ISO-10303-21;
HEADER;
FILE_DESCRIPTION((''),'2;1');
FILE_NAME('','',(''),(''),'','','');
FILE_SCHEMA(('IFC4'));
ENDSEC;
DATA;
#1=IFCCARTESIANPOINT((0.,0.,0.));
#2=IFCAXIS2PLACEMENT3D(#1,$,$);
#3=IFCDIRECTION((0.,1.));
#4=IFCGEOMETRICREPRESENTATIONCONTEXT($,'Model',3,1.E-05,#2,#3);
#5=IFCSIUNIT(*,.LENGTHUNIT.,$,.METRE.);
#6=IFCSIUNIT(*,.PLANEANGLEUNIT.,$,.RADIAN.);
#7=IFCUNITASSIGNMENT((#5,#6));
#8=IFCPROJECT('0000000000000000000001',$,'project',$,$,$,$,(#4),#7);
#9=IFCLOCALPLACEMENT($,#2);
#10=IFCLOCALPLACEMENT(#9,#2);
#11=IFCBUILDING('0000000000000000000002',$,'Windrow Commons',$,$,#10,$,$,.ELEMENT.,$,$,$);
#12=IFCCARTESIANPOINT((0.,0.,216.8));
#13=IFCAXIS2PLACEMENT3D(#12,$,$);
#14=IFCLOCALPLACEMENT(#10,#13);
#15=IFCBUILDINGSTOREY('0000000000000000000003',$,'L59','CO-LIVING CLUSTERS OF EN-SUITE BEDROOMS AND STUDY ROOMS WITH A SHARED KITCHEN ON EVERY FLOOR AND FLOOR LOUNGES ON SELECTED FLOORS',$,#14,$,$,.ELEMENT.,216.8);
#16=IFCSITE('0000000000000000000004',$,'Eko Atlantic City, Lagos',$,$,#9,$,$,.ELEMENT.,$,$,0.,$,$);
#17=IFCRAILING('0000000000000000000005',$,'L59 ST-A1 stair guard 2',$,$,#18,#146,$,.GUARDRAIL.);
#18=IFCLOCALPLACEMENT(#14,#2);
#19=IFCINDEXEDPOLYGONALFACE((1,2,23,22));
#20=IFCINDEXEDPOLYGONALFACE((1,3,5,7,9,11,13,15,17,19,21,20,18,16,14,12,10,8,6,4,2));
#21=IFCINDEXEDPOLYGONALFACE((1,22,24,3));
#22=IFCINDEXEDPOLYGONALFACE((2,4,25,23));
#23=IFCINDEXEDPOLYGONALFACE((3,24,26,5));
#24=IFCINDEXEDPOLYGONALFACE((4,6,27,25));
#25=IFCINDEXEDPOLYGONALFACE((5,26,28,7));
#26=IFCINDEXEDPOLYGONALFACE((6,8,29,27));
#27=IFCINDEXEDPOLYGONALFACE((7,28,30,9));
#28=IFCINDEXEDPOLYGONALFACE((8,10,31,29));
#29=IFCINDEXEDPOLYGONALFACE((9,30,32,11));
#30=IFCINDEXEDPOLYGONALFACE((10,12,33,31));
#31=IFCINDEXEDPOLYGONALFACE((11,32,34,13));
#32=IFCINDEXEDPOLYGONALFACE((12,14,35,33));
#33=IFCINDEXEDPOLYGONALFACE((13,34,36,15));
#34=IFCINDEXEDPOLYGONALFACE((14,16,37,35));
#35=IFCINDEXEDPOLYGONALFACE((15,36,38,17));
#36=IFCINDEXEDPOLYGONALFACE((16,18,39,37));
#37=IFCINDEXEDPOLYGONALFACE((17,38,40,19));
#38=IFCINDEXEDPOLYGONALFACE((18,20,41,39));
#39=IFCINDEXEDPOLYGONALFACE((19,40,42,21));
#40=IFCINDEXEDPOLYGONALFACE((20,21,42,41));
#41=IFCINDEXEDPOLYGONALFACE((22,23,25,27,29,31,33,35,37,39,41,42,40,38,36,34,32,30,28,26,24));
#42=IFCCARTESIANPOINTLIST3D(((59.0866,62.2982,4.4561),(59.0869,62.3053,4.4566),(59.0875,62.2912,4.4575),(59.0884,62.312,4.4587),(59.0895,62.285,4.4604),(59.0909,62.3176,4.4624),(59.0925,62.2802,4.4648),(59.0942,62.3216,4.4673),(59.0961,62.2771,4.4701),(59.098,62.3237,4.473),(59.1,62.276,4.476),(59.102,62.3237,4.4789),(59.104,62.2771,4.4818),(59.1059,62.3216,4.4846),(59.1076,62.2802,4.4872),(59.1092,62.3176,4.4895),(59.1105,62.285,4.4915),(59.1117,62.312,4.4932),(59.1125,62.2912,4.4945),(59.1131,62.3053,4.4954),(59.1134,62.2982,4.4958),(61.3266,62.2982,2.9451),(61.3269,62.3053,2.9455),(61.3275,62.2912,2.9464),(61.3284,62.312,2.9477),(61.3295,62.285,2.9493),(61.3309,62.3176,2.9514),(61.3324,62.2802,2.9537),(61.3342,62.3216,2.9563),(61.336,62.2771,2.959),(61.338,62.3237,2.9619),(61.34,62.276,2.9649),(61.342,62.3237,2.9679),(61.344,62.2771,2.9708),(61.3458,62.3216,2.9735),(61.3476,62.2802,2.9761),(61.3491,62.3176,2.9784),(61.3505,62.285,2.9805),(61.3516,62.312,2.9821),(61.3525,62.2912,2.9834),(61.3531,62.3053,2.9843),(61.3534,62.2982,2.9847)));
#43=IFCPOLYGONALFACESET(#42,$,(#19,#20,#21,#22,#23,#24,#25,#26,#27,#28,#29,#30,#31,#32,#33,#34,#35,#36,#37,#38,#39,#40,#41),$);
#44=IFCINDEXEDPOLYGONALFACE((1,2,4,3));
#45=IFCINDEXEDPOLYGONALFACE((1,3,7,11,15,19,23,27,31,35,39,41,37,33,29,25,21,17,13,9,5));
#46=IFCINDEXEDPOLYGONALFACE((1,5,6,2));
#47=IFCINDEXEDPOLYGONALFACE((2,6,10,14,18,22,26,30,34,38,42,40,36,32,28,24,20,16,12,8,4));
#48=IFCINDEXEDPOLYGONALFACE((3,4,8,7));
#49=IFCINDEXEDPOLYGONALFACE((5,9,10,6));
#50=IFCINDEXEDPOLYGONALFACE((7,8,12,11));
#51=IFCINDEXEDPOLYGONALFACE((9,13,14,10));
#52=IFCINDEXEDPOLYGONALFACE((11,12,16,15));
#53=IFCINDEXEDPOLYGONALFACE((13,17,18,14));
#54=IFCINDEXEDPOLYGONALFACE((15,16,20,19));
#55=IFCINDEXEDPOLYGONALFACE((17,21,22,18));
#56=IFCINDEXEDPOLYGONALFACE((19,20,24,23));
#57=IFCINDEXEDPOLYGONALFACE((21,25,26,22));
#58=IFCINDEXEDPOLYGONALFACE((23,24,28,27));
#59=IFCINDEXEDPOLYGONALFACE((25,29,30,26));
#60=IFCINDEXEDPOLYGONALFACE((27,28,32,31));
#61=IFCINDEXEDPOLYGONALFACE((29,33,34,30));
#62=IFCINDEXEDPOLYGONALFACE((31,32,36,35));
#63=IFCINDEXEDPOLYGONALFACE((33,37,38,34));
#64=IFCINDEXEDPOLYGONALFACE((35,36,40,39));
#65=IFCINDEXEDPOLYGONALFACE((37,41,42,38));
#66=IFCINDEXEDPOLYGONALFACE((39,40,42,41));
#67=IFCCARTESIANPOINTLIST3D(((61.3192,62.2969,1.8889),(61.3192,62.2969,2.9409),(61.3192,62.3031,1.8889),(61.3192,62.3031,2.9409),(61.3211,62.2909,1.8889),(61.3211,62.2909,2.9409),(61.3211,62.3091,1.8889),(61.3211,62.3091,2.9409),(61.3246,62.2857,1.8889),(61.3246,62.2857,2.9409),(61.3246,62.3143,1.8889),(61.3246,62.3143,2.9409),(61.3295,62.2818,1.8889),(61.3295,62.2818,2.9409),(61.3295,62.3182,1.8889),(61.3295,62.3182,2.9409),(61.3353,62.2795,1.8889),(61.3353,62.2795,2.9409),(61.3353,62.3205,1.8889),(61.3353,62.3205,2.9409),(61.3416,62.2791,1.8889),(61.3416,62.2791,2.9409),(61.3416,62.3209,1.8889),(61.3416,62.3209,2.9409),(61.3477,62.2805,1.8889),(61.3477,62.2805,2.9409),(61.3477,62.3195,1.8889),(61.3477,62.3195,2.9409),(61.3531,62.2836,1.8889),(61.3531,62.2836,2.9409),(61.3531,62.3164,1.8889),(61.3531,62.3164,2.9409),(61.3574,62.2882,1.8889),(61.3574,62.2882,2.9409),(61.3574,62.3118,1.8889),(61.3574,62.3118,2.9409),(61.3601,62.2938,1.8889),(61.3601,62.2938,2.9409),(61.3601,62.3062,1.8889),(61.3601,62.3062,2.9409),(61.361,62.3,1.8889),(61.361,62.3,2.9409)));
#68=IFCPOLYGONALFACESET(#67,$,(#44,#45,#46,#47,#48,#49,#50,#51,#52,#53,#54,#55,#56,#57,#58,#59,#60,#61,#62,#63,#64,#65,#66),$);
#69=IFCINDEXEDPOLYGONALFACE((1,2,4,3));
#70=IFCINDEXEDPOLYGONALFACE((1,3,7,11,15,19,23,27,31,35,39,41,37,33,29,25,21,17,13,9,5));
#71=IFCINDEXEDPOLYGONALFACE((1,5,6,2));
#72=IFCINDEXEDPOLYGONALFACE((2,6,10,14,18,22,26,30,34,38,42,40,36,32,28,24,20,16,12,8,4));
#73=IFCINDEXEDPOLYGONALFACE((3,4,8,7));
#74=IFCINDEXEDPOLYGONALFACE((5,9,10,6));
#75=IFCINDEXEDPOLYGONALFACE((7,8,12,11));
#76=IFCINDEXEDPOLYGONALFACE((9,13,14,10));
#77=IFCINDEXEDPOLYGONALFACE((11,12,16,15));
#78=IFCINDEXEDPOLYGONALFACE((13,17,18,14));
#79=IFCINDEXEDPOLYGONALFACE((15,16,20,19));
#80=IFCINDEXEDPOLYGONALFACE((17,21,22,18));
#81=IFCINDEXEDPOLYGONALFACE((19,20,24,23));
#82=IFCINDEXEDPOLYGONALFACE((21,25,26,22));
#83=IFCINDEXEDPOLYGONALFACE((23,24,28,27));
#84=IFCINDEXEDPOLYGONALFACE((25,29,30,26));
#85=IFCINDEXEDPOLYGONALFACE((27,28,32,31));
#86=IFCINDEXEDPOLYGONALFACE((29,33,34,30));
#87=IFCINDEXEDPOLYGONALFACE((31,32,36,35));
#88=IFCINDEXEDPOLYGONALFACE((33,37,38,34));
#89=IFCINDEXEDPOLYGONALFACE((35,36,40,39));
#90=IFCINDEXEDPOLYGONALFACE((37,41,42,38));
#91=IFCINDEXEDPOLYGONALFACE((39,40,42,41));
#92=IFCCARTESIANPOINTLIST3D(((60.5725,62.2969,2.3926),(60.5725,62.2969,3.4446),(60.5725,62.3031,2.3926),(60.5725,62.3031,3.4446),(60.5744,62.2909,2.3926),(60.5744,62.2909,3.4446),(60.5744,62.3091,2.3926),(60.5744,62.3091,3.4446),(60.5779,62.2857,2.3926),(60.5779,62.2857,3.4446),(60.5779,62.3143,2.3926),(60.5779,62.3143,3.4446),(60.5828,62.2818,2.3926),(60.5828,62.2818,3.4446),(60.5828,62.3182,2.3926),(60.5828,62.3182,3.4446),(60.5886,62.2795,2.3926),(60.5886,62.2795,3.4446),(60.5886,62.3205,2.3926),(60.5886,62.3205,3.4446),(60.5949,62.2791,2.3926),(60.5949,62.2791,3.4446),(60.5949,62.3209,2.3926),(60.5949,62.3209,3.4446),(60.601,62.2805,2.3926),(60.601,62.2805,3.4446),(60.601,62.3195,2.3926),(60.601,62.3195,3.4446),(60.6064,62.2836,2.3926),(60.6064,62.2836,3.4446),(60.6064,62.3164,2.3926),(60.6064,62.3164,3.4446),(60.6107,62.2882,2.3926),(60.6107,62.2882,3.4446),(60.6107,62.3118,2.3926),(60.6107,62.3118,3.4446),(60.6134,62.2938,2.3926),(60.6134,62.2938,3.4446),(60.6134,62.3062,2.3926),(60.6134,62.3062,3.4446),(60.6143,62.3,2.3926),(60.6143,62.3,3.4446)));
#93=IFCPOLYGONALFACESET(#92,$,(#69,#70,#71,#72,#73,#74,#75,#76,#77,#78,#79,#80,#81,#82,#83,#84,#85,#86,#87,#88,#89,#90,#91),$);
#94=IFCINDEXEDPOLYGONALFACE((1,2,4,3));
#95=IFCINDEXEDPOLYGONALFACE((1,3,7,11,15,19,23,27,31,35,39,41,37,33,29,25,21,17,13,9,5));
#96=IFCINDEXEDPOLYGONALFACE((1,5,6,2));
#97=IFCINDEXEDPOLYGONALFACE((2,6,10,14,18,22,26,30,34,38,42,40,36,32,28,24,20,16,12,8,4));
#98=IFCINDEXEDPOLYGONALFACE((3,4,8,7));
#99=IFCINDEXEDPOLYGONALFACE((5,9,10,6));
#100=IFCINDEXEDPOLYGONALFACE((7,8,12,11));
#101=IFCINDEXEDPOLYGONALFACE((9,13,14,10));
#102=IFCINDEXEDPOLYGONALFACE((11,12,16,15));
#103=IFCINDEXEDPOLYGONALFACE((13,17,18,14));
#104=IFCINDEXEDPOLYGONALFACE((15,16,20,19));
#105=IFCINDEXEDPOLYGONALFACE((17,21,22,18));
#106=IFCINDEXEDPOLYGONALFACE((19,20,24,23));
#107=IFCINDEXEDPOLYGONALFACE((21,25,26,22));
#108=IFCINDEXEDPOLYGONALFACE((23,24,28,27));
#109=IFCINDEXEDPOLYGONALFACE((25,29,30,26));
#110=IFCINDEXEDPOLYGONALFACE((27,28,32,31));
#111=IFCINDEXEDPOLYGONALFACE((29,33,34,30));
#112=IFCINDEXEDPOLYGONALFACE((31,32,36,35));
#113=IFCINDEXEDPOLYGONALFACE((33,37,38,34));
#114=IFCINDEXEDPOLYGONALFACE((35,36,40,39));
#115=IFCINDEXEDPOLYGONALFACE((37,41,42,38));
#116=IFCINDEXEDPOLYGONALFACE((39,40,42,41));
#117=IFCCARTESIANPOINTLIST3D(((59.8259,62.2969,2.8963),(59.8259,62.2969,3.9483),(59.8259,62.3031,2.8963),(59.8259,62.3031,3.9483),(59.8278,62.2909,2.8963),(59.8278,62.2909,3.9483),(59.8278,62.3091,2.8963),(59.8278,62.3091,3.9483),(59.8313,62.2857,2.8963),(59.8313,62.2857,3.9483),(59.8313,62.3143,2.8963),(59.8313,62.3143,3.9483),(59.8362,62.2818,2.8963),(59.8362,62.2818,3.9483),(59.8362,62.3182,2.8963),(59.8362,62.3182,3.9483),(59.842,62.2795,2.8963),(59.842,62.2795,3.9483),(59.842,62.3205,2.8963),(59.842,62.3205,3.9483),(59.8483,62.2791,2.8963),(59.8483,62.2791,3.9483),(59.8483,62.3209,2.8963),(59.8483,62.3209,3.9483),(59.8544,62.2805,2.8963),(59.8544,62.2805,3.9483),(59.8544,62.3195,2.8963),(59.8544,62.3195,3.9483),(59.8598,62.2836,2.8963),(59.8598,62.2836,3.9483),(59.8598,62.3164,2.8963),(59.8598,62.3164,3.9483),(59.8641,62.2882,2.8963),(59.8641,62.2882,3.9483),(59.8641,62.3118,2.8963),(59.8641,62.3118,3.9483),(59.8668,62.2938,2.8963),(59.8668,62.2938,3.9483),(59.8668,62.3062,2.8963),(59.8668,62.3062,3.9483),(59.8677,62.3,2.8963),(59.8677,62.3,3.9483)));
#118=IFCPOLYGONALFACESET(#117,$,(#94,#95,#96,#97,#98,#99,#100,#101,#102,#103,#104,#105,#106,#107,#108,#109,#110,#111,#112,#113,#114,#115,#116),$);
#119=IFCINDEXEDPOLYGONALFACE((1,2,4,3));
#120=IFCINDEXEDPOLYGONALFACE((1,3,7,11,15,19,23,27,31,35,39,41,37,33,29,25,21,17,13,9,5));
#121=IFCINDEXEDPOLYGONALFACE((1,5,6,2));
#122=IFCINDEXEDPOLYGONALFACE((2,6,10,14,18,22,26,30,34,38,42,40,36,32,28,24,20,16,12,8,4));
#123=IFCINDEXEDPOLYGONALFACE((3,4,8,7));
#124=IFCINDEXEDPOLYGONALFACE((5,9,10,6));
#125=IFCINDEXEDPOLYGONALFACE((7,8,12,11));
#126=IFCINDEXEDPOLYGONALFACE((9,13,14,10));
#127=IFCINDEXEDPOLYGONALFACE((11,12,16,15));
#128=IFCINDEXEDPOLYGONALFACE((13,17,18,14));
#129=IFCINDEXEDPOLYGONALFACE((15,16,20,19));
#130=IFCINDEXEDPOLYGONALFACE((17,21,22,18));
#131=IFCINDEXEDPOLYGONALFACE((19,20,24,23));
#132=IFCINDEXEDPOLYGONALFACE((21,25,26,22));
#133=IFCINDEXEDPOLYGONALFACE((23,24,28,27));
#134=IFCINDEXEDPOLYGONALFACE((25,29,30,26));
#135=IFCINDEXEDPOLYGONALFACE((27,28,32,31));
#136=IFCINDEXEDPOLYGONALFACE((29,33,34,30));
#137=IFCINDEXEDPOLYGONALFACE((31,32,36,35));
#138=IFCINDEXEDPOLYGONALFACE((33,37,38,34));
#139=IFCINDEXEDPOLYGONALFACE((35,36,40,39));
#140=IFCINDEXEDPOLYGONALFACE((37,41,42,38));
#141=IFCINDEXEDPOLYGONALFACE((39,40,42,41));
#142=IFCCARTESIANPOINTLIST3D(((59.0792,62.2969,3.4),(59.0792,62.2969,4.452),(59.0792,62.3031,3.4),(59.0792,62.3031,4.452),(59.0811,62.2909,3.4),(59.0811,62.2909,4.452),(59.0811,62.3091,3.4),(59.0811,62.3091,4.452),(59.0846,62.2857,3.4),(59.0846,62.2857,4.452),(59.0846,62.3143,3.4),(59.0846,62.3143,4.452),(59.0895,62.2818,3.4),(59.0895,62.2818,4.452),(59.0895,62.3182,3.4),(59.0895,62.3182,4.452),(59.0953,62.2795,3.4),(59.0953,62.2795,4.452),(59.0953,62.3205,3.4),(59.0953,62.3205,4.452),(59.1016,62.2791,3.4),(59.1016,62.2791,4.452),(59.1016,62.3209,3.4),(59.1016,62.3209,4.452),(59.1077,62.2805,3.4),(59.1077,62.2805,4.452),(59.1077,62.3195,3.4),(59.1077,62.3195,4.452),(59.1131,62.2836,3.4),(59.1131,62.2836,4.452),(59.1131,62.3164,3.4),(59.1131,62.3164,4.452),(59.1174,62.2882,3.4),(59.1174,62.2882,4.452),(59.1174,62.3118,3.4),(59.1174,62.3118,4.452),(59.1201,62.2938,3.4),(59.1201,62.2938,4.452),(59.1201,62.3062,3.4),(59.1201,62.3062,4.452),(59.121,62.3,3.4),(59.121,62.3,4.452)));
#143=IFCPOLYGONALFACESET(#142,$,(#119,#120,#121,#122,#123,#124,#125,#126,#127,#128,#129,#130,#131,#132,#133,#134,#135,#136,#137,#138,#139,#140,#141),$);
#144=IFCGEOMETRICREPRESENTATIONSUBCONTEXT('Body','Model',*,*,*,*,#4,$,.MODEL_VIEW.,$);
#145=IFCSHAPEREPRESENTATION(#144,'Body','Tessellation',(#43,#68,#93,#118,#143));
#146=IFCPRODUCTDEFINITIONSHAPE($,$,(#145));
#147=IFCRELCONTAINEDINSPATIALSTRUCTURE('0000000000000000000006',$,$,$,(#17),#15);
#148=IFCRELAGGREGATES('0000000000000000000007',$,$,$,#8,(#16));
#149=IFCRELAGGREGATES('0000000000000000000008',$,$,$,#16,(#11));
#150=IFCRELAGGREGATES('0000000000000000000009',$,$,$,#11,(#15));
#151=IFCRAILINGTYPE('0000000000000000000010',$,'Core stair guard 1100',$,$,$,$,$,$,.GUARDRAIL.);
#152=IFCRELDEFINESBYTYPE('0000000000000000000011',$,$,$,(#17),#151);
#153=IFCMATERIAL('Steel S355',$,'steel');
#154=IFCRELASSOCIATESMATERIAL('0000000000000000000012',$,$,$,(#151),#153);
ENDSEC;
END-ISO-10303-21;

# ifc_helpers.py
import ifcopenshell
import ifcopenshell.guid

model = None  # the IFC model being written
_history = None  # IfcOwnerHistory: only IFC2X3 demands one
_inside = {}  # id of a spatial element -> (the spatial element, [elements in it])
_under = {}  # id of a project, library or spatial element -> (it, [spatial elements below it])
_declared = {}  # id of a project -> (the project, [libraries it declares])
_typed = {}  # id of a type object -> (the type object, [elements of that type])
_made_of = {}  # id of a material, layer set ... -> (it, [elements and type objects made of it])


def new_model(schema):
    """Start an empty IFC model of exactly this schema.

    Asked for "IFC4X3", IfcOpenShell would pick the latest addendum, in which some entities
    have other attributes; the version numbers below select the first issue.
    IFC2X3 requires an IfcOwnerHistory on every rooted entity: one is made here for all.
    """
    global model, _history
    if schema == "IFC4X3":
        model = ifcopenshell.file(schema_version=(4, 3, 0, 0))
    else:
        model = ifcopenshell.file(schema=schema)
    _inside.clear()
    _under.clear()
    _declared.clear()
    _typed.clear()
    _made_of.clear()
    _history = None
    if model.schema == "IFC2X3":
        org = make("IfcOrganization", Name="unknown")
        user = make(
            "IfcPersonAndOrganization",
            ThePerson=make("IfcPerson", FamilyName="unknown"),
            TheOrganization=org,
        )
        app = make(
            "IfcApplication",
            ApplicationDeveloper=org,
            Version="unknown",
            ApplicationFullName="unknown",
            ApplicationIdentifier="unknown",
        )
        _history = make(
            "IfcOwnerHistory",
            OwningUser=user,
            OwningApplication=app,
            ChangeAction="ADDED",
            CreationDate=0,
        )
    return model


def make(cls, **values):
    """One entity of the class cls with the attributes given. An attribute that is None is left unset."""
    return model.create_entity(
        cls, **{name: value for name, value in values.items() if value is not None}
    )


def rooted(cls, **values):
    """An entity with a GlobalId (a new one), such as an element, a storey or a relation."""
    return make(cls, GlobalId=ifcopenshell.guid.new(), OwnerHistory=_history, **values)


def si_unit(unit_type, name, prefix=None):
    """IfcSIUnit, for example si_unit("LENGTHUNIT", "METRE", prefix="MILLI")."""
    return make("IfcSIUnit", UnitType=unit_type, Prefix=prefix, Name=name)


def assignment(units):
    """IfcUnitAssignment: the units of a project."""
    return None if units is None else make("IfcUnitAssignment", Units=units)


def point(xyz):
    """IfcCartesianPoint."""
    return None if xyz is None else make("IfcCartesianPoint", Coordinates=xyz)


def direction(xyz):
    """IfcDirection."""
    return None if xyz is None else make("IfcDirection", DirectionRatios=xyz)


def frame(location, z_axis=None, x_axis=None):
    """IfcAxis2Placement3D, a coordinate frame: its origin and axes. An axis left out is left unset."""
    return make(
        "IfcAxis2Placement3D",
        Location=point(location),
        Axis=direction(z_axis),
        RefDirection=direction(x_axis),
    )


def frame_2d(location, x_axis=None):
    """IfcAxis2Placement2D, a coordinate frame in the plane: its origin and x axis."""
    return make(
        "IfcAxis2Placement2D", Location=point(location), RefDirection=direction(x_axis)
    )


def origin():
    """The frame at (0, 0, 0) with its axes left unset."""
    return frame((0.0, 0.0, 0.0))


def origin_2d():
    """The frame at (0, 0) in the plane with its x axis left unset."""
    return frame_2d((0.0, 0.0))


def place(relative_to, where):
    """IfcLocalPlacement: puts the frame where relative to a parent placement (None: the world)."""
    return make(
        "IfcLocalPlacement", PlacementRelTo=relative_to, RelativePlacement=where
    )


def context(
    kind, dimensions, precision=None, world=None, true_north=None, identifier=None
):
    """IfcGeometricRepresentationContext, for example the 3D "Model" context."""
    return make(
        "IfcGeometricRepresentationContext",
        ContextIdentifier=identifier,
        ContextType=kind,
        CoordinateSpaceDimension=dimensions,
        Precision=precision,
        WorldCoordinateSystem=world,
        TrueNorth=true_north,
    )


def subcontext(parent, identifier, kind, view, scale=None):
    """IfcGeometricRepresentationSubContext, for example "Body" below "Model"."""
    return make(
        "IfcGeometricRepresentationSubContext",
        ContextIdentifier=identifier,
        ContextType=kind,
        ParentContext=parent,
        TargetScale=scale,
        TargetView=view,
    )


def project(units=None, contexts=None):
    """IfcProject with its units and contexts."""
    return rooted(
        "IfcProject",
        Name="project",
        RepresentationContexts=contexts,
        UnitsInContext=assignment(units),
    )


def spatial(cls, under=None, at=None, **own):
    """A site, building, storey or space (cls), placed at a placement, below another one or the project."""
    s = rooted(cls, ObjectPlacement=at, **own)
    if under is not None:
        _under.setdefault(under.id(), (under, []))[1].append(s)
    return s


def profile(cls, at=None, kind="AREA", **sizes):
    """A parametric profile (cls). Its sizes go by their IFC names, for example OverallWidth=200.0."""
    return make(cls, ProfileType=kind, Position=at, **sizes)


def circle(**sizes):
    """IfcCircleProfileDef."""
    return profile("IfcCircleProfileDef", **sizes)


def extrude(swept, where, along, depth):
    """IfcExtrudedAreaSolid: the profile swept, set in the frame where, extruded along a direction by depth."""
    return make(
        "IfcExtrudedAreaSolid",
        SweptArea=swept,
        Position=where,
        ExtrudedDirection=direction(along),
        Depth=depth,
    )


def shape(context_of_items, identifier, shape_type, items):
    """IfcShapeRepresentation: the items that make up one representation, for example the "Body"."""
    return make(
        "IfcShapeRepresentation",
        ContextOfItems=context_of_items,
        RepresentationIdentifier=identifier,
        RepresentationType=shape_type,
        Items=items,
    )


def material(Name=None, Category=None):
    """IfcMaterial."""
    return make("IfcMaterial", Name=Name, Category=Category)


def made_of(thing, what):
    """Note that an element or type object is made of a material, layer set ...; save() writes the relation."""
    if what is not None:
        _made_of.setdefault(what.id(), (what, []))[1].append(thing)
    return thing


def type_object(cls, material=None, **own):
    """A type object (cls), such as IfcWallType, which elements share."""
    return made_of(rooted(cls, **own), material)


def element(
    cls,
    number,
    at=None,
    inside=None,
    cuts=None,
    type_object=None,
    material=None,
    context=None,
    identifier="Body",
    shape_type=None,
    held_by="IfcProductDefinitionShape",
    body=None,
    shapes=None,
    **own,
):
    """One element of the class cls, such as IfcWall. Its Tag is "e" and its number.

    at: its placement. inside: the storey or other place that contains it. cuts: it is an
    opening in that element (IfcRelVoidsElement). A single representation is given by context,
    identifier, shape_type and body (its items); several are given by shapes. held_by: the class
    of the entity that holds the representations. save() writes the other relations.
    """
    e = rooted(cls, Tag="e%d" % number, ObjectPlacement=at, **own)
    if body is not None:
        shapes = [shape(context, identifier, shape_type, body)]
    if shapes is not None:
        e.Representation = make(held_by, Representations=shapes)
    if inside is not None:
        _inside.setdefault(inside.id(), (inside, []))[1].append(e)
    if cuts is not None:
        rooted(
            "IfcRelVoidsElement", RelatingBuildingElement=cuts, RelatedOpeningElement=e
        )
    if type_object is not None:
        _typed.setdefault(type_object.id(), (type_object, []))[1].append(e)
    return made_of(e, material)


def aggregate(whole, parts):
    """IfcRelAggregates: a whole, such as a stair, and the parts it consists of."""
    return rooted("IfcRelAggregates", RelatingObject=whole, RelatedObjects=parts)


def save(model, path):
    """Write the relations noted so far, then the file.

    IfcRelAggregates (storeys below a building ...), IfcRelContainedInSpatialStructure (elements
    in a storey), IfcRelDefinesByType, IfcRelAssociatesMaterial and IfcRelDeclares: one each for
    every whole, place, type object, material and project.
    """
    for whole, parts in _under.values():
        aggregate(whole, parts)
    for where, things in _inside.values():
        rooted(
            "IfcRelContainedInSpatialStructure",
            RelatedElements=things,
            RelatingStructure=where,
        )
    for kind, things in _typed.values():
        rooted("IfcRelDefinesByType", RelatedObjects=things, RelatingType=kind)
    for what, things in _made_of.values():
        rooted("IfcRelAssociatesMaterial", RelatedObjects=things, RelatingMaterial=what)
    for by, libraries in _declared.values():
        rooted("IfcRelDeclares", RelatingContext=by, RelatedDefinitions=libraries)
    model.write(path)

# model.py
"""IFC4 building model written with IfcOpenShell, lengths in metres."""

from ifc_helpers import new_model, si_unit, direction, frame, origin, origin_2d, place, context, subcontext, project, spatial, circle, extrude, material, type_object, element, save


model = new_model("IFC4")

# Units and contexts
model_context = context("Model", 3, precision=1e-05, world=origin(), true_north=direction((0.0, 1.0)))
body_context = subcontext(model_context, "Body", "Model", "MODEL_VIEW")
ifc_project = project(units=[si_unit("LENGTHUNIT", "METRE"), si_unit("PLANEANGLEUNIT", "RADIAN")], contexts=[model_context])

# Site, building, storey
site_placement = place(None, origin())
site = spatial("IfcSite", under=ifc_project, at=site_placement, Name="Eko Atlantic City, Lagos", CompositionType="ELEMENT", RefElevation=0.0)
building_placement = place(site_placement, origin())
building = spatial("IfcBuilding", under=site, at=building_placement, Name="Windrow Commons", CompositionType="ELEMENT")
storey_placement = place(building_placement, frame((0.0, 0.0, 216.8)))
storey = spatial("IfcBuildingStorey", under=building, at=storey_placement, Name="L59", Description="CO-LIVING CLUSTERS OF EN-SUITE BEDROOMS AND STUDY ROOMS WITH A SHARED KITCHEN ON EVERY FLOOR AND FLOOR LOUNGES ON SELECTED FLOORS", CompositionType="ELEMENT", Elevation=216.8)

# Railing
ifc_material_1 = material(Name="Steel S355", Category="steel")
railing_type_1 = type_object("IfcRailingType", Name="Core stair guard 1100", PredefinedType="GUARDRAIL", material=ifc_material_1)
railing_1_placement = place(storey_placement, frame((61.34, 62.3, 1.8889)))
element("IfcRailing", 1, at=railing_1_placement, inside=storey, type_object=railing_type_1, Name="L59 ST-A1 stair guard 2", PredefinedType="GUARDRAIL", context=body_context, shape_type="SweptSolid", body=[
    extrude(circle(Radius=0.024, at=origin_2d()), frame((0.0, 0.0, 1.076), z_axis=(-0.829003, 0.0, 0.559244), x_axis=(0.0, -1.0, 0.0)), (0.0, 0.0, 1.0), 2.702),
    extrude(circle(Radius=0.021, at=origin_2d()), origin(), (0.0, 0.0, 1.0), 1.052),
    extrude(circle(Radius=0.021, at=origin_2d()), frame((-0.7467, 0.0, 0.5037)), (0.0, 0.0, 1.0), 1.052),
    extrude(circle(Radius=0.021, at=origin_2d()), frame((-1.4933, 0.0, 1.0074)), (0.0, 0.0, 1.0), 1.052),
    extrude(circle(Radius=0.021, at=origin_2d()), frame((-2.24, 0.0, 1.5111)), (0.0, 0.0, 1.0), 1.052),
])

save(model, "model.ifc")
